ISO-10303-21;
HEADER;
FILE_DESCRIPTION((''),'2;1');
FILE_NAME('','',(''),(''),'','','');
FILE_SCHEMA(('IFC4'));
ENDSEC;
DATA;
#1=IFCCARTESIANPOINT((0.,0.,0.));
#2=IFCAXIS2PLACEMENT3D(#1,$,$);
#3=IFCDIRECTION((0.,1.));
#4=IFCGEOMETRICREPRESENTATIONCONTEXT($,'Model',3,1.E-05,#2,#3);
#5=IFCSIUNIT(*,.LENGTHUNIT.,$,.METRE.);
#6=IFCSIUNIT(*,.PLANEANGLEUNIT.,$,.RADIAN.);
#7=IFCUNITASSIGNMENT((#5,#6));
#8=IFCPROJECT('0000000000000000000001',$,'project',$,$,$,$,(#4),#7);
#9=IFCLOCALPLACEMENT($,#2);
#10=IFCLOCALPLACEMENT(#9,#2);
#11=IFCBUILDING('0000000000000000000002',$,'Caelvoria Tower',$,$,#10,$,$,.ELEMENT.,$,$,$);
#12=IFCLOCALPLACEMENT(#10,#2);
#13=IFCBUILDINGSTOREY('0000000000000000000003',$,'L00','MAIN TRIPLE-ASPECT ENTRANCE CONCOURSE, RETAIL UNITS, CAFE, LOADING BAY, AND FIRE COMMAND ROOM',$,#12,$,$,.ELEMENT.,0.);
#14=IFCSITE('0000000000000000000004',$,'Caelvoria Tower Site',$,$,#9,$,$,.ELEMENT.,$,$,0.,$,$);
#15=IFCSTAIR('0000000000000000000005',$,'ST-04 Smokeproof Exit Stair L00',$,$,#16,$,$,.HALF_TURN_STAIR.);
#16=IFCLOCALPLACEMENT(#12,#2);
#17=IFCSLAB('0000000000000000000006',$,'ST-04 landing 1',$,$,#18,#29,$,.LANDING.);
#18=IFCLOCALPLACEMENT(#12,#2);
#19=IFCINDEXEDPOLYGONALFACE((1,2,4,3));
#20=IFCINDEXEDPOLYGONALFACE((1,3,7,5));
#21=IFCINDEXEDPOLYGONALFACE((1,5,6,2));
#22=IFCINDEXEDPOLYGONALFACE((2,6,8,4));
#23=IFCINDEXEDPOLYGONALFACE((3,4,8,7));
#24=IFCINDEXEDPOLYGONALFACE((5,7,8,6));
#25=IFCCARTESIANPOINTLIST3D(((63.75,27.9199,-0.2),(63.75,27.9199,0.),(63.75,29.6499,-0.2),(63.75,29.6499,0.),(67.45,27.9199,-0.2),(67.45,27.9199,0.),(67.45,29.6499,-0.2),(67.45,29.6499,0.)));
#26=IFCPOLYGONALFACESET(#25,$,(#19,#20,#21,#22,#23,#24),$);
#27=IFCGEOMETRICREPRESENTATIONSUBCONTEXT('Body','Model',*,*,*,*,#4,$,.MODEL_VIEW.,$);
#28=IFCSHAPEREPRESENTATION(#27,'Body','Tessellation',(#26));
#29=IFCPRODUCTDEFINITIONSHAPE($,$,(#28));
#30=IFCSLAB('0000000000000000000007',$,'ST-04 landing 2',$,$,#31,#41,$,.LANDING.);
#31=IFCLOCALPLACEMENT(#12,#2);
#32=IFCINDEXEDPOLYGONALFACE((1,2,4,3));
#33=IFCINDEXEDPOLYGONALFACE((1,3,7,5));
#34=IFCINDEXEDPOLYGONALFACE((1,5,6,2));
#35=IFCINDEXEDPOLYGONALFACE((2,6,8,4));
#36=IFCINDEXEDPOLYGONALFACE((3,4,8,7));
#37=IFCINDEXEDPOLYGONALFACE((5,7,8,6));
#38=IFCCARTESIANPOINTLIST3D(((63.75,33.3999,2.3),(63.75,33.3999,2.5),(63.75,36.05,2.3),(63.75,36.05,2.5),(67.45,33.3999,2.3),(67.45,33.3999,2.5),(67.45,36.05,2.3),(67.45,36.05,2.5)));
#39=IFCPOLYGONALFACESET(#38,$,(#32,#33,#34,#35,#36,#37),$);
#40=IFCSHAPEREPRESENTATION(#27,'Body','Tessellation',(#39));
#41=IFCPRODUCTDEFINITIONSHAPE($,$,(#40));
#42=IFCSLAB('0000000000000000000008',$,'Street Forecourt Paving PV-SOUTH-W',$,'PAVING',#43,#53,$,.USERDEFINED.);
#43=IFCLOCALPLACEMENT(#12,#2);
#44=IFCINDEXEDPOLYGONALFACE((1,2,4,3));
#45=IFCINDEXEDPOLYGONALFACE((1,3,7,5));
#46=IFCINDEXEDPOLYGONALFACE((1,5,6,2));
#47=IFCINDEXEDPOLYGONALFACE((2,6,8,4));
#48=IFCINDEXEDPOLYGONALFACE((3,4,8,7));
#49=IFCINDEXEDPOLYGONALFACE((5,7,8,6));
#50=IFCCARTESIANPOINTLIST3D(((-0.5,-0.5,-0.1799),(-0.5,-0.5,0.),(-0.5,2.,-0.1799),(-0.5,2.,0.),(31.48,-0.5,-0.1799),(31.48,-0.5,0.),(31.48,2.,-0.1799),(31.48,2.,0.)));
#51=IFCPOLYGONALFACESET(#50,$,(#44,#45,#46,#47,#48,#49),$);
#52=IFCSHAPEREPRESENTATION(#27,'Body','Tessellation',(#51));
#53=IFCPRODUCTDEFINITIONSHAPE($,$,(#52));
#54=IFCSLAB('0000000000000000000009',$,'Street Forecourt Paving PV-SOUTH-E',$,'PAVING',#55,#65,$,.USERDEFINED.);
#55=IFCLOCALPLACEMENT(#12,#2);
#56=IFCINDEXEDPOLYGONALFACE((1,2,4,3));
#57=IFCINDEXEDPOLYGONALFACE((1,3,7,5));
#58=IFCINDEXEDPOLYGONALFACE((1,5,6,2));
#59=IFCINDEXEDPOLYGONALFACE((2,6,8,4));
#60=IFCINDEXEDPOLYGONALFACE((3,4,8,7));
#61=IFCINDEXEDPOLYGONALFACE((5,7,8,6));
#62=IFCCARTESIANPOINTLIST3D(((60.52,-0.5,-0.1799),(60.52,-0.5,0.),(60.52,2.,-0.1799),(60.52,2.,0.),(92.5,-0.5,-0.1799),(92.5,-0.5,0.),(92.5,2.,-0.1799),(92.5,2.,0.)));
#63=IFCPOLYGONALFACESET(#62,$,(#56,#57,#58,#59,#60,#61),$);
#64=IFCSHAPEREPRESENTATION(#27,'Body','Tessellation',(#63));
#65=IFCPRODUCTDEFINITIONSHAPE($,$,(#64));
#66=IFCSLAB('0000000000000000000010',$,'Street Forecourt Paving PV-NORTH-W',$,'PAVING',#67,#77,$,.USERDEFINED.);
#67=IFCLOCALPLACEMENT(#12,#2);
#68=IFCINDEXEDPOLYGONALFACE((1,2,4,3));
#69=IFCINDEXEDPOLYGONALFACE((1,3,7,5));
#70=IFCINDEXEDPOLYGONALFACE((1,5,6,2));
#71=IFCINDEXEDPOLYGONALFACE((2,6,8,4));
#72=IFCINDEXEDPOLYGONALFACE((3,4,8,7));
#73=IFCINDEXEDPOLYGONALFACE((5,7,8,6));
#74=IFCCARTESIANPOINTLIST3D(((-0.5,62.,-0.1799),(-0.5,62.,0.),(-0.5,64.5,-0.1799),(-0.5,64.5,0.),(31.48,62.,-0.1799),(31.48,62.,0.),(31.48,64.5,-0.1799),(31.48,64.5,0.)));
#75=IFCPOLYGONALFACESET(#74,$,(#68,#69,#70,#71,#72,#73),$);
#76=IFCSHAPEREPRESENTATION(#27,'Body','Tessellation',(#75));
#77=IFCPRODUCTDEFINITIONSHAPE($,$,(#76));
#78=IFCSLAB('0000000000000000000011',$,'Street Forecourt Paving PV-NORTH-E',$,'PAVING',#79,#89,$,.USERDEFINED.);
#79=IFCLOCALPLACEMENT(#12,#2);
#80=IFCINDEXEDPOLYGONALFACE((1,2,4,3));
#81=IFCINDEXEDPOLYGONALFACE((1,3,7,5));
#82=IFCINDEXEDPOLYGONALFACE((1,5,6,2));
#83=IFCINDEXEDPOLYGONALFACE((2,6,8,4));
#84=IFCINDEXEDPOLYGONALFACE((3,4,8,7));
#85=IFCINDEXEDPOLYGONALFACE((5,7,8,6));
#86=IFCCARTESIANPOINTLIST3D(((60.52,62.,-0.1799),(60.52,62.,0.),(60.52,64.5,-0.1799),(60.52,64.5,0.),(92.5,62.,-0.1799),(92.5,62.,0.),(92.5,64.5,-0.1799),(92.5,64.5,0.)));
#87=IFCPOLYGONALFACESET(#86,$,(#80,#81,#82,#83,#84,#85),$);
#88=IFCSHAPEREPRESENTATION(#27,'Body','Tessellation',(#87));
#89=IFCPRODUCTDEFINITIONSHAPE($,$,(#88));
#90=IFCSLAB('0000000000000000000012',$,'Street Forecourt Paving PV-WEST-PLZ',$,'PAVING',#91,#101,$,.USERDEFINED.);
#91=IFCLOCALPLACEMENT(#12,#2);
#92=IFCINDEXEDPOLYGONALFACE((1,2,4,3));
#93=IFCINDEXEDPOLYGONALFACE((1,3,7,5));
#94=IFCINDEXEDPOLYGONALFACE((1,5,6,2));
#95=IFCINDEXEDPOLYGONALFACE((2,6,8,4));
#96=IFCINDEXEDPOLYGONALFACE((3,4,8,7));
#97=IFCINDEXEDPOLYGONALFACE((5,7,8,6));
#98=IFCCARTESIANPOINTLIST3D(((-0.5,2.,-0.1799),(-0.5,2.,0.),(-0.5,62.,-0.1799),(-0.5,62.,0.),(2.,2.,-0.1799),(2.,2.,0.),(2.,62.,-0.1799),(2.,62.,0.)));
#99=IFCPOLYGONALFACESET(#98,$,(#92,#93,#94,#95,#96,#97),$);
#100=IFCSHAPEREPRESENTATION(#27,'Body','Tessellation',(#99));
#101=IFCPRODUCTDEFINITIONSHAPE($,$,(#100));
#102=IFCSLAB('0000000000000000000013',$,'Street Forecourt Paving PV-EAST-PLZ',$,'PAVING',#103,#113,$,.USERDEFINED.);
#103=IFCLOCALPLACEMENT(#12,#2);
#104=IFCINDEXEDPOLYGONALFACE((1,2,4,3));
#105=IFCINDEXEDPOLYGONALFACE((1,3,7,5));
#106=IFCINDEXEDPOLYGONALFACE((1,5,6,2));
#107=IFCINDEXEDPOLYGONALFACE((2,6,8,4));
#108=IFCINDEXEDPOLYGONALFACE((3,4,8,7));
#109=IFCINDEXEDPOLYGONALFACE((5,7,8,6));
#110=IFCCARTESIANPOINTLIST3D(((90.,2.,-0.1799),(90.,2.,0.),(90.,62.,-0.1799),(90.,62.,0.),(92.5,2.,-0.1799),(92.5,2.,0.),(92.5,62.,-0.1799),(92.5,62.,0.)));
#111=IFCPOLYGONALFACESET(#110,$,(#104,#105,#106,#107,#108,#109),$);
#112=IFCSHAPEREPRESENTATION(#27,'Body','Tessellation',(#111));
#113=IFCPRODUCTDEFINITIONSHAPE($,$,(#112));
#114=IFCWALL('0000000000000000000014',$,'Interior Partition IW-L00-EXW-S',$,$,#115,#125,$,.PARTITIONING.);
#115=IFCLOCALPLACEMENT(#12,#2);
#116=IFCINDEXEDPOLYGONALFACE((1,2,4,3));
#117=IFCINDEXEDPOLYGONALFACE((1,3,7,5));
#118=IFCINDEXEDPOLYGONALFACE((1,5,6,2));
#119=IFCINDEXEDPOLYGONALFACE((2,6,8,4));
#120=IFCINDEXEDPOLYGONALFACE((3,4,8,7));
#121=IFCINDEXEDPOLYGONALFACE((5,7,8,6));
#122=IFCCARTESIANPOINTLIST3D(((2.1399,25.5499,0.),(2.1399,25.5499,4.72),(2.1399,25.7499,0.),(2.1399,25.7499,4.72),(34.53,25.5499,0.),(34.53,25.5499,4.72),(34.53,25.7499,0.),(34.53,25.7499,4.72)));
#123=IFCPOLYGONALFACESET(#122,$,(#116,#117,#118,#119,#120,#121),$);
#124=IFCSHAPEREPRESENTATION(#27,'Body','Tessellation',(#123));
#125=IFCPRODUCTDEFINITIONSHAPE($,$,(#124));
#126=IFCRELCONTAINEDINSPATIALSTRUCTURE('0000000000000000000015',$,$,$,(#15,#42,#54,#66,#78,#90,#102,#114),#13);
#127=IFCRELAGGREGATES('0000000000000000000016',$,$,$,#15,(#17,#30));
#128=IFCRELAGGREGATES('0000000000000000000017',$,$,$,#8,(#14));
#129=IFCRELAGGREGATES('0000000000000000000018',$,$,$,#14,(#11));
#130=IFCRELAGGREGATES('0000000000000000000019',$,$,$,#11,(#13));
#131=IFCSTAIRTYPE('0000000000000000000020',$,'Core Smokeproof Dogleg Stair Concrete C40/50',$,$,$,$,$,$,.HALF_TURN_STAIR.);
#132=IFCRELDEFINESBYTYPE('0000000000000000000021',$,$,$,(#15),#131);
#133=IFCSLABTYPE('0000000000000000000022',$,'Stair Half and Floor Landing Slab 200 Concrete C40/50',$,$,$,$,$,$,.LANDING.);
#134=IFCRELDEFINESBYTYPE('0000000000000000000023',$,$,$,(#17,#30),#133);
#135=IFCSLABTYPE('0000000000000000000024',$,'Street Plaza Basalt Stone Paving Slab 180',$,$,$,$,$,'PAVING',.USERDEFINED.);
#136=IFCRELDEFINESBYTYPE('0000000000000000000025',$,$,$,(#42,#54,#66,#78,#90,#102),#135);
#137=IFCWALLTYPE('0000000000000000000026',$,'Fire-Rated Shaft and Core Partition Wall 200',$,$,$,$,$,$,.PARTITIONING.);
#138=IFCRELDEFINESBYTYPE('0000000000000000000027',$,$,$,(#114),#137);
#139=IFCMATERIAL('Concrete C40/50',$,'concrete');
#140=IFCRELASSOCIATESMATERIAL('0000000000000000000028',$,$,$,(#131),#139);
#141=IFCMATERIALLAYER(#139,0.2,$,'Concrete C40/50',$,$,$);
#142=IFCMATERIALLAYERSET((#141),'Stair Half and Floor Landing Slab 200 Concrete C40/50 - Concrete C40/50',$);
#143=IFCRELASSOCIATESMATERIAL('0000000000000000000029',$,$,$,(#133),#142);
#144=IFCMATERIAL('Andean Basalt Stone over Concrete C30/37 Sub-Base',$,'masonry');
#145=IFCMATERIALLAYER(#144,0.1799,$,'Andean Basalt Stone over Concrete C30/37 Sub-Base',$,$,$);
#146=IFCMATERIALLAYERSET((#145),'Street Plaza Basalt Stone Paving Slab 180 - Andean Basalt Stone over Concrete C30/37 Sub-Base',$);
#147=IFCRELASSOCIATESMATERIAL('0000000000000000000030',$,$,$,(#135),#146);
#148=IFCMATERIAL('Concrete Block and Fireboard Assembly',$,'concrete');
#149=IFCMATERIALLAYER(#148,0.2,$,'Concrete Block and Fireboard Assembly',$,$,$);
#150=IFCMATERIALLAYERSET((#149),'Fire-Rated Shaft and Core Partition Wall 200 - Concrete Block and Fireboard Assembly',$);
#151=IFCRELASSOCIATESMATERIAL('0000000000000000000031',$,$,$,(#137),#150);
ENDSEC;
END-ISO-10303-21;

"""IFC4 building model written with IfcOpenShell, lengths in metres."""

from ifc_helpers import new_model, si_unit, direction, frame, frame_2d, origin, place, context, subcontext, project, spatial, polyline, rectangle, outline, extrude, material, layer, layer_set, type_object, element, aggregate, save


model = new_model("IFC4")

# Units and contexts
model_context = context("Model", 3, precision=1e-05, world=origin(), true_north=direction((0.0, 1.0)))
body_context = subcontext(model_context, "Body", "Model", "MODEL_VIEW")
ifc_project = project(units=[si_unit("LENGTHUNIT", "METRE"), si_unit("PLANEANGLEUNIT", "RADIAN")], contexts=[model_context])

# Site, building, storey
site_placement = place(None, origin())
site = spatial("IfcSite", under=ifc_project, at=site_placement, Name="Caelvoria Tower Site", CompositionType="ELEMENT", RefElevation=0.0)
building_placement = place(site_placement, origin())
building = spatial("IfcBuilding", under=site, at=building_placement, Name="Caelvoria Tower", CompositionType="ELEMENT")
storey_placement = place(building_placement, origin())
storey = spatial("IfcBuildingStorey", under=building, at=storey_placement, Name="L00", Description="MAIN TRIPLE-ASPECT ENTRANCE CONCOURSE, RETAIL UNITS, CAFE, LOADING BAY, AND FIRE COMMAND ROOM", CompositionType="ELEMENT", Elevation=0.0)

# Shared definitions
ifc_material_1 = material(Name="Concrete C40/50", Category="concrete")

# Stair, slabs
stair_type = type_object("IfcStairType", Name="Core Smokeproof Dogleg Stair Concrete C40/50", PredefinedType="HALF_TURN_STAIR", material=ifc_material_1)
ifc_layer_1 = layer(ifc_material_1, 0.2, Name="Concrete C40/50")
ifc_layer_set_1 = layer_set([ifc_layer_1], Name="Stair Half and Floor Landing Slab 200 Concrete C40/50 - Concrete C40/50")
slab_type_1 = type_object("IfcSlabType", Name="Stair Half and Floor Landing Slab 200 Concrete C40/50", PredefinedType="LANDING", material=ifc_layer_set_1)
stair_1_placement = place(storey_placement, origin())
stair_1 = element("IfcStair", 1, at=stair_1_placement, inside=storey, type_object=stair_type, Name="ST-04 Smokeproof Exit Stair L00", PredefinedType="HALF_TURN_STAIR")
slab_1_placement = place(storey_placement, frame((0.0, 0.0, -0.2)))
slab_1 = element("IfcSlab", 2, at=slab_1_placement, type_object=slab_type_1, Name="ST-04 landing 1", PredefinedType="LANDING", context=body_context, shape_type="SweptSolid", body=[
    extrude(outline(polyline([(63.75, 27.9199), (67.45, 27.9199), (67.45, 29.6499), (63.75, 29.6499), (63.75, 27.9199)])), origin(), (0.0, 0.0, 1.0), 0.2),
])
slab_2_placement = place(storey_placement, frame((0.0, 0.0, 2.3)))
slab_2 = element("IfcSlab", 3, at=slab_2_placement, type_object=slab_type_1, Name="ST-04 landing 2", PredefinedType="LANDING", context=body_context, shape_type="SweptSolid", body=[
    extrude(outline(polyline([(63.75, 33.3999), (67.45, 33.3999), (67.45, 36.05), (63.75, 36.05), (63.75, 33.3999)])), origin(), (0.0, 0.0, 1.0), 0.2),
])
aggregate(stair_1, [slab_1, slab_2])

# Slabs
ifc_material_2 = material(Name="Andean Basalt Stone over Concrete C30/37 Sub-Base", Category="masonry")
ifc_layer_2 = layer(ifc_material_2, 0.1799, Name="Andean Basalt Stone over Concrete C30/37 Sub-Base")
ifc_layer_set_2 = layer_set([ifc_layer_2], Name="Street Plaza Basalt Stone Paving Slab 180 - Andean Basalt Stone over Concrete C30/37 Sub-Base")
slab_type_2 = type_object("IfcSlabType", Name="Street Plaza Basalt Stone Paving Slab 180", ElementType="PAVING", PredefinedType="USERDEFINED", material=ifc_layer_set_2)
slab_3_placement = place(storey_placement, frame((0.0, 0.0, -0.1799)))
element("IfcSlab", 4, at=slab_3_placement, inside=storey, type_object=slab_type_2, Name="Street Forecourt Paving PV-SOUTH-W", ObjectType="PAVING", PredefinedType="USERDEFINED", context=body_context, shape_type="SweptSolid", body=[
    extrude(outline(polyline([(-0.5, -0.5), (31.48, -0.5), (31.48, 2.0), (-0.5, 2.0), (-0.5, -0.5)])), origin(), (0.0, 0.0, 1.0), 0.1799),
])
slab_4_placement = place(storey_placement, frame((0.0, 0.0, -0.1799)))
element("IfcSlab", 5, at=slab_4_placement, inside=storey, type_object=slab_type_2, Name="Street Forecourt Paving PV-SOUTH-E", ObjectType="PAVING", PredefinedType="USERDEFINED", context=body_context, shape_type="SweptSolid", body=[
    extrude(outline(polyline([(60.52, -0.5), (92.5, -0.5), (92.5, 2.0), (60.52, 2.0), (60.52, -0.5)])), origin(), (0.0, 0.0, 1.0), 0.1799),
])
slab_5_placement = place(storey_placement, frame((0.0, 0.0, -0.1799)))
element("IfcSlab", 6, at=slab_5_placement, inside=storey, type_object=slab_type_2, Name="Street Forecourt Paving PV-NORTH-W", ObjectType="PAVING", PredefinedType="USERDEFINED", context=body_context, shape_type="SweptSolid", body=[
    extrude(outline(polyline([(-0.5, 62.0), (31.48, 62.0), (31.48, 64.5), (-0.5, 64.5), (-0.5, 62.0)])), origin(), (0.0, 0.0, 1.0), 0.1799),
])
slab_6_placement = place(storey_placement, frame((0.0, 0.0, -0.1799)))
element("IfcSlab", 7, at=slab_6_placement, inside=storey, type_object=slab_type_2, Name="Street Forecourt Paving PV-NORTH-E", ObjectType="PAVING", PredefinedType="USERDEFINED", context=body_context, shape_type="SweptSolid", body=[
    extrude(outline(polyline([(60.52, 62.0), (92.5, 62.0), (92.5, 64.5), (60.52, 64.5), (60.52, 62.0)])), origin(), (0.0, 0.0, 1.0), 0.1799),
])
slab_7_placement = place(storey_placement, frame((0.0, 0.0, -0.1799)))
element("IfcSlab", 8, at=slab_7_placement, inside=storey, type_object=slab_type_2, Name="Street Forecourt Paving PV-WEST-PLZ", ObjectType="PAVING", PredefinedType="USERDEFINED", context=body_context, shape_type="SweptSolid", body=[
    extrude(outline(polyline([(-0.5, 2.0), (2.0, 2.0), (2.0, 62.0), (-0.5, 62.0), (-0.5, 2.0)])), origin(), (0.0, 0.0, 1.0), 0.1799),
])
slab_8_placement = place(storey_placement, frame((0.0, 0.0, -0.1799)))
element("IfcSlab", 9, at=slab_8_placement, inside=storey, type_object=slab_type_2, Name="Street Forecourt Paving PV-EAST-PLZ", ObjectType="PAVING", PredefinedType="USERDEFINED", context=body_context, shape_type="SweptSolid", body=[
    extrude(outline(polyline([(90.0, 2.0), (92.5, 2.0), (92.5, 62.0), (90.0, 62.0), (90.0, 2.0)])), origin(), (0.0, 0.0, 1.0), 0.1799),
])

# Wall
ifc_material_3 = material(Name="Concrete Block and Fireboard Assembly", Category="concrete")
ifc_layer_3 = layer(ifc_material_3, 0.2, Name="Concrete Block and Fireboard Assembly")
ifc_layer_set_3 = layer_set([ifc_layer_3], Name="Fire-Rated Shaft and Core Partition Wall 200 - Concrete Block and Fireboard Assembly")
wall_type = type_object("IfcWallType", Name="Fire-Rated Shaft and Core Partition Wall 200", PredefinedType="PARTITIONING", material=ifc_layer_set_3)
wall_placement = place(storey_placement, frame((2.1399, 25.6499, 0.0), z_axis=(0.0, 0.0, 1.0), x_axis=(1.0, 0.0, 0.0)))
element("IfcWall", 10, at=wall_placement, inside=storey, type_object=wall_type, Name="Interior Partition IW-L00-EXW-S", PredefinedType="PARTITIONING", context=body_context, shape_type="SweptSolid", body=[
    extrude(rectangle(XDim=32.3901, YDim=0.2, at=frame_2d((16.1951, 0.0))), origin(), (0.0, 0.0, 1.0), 4.72),
])

save(model, "model.ifc")
